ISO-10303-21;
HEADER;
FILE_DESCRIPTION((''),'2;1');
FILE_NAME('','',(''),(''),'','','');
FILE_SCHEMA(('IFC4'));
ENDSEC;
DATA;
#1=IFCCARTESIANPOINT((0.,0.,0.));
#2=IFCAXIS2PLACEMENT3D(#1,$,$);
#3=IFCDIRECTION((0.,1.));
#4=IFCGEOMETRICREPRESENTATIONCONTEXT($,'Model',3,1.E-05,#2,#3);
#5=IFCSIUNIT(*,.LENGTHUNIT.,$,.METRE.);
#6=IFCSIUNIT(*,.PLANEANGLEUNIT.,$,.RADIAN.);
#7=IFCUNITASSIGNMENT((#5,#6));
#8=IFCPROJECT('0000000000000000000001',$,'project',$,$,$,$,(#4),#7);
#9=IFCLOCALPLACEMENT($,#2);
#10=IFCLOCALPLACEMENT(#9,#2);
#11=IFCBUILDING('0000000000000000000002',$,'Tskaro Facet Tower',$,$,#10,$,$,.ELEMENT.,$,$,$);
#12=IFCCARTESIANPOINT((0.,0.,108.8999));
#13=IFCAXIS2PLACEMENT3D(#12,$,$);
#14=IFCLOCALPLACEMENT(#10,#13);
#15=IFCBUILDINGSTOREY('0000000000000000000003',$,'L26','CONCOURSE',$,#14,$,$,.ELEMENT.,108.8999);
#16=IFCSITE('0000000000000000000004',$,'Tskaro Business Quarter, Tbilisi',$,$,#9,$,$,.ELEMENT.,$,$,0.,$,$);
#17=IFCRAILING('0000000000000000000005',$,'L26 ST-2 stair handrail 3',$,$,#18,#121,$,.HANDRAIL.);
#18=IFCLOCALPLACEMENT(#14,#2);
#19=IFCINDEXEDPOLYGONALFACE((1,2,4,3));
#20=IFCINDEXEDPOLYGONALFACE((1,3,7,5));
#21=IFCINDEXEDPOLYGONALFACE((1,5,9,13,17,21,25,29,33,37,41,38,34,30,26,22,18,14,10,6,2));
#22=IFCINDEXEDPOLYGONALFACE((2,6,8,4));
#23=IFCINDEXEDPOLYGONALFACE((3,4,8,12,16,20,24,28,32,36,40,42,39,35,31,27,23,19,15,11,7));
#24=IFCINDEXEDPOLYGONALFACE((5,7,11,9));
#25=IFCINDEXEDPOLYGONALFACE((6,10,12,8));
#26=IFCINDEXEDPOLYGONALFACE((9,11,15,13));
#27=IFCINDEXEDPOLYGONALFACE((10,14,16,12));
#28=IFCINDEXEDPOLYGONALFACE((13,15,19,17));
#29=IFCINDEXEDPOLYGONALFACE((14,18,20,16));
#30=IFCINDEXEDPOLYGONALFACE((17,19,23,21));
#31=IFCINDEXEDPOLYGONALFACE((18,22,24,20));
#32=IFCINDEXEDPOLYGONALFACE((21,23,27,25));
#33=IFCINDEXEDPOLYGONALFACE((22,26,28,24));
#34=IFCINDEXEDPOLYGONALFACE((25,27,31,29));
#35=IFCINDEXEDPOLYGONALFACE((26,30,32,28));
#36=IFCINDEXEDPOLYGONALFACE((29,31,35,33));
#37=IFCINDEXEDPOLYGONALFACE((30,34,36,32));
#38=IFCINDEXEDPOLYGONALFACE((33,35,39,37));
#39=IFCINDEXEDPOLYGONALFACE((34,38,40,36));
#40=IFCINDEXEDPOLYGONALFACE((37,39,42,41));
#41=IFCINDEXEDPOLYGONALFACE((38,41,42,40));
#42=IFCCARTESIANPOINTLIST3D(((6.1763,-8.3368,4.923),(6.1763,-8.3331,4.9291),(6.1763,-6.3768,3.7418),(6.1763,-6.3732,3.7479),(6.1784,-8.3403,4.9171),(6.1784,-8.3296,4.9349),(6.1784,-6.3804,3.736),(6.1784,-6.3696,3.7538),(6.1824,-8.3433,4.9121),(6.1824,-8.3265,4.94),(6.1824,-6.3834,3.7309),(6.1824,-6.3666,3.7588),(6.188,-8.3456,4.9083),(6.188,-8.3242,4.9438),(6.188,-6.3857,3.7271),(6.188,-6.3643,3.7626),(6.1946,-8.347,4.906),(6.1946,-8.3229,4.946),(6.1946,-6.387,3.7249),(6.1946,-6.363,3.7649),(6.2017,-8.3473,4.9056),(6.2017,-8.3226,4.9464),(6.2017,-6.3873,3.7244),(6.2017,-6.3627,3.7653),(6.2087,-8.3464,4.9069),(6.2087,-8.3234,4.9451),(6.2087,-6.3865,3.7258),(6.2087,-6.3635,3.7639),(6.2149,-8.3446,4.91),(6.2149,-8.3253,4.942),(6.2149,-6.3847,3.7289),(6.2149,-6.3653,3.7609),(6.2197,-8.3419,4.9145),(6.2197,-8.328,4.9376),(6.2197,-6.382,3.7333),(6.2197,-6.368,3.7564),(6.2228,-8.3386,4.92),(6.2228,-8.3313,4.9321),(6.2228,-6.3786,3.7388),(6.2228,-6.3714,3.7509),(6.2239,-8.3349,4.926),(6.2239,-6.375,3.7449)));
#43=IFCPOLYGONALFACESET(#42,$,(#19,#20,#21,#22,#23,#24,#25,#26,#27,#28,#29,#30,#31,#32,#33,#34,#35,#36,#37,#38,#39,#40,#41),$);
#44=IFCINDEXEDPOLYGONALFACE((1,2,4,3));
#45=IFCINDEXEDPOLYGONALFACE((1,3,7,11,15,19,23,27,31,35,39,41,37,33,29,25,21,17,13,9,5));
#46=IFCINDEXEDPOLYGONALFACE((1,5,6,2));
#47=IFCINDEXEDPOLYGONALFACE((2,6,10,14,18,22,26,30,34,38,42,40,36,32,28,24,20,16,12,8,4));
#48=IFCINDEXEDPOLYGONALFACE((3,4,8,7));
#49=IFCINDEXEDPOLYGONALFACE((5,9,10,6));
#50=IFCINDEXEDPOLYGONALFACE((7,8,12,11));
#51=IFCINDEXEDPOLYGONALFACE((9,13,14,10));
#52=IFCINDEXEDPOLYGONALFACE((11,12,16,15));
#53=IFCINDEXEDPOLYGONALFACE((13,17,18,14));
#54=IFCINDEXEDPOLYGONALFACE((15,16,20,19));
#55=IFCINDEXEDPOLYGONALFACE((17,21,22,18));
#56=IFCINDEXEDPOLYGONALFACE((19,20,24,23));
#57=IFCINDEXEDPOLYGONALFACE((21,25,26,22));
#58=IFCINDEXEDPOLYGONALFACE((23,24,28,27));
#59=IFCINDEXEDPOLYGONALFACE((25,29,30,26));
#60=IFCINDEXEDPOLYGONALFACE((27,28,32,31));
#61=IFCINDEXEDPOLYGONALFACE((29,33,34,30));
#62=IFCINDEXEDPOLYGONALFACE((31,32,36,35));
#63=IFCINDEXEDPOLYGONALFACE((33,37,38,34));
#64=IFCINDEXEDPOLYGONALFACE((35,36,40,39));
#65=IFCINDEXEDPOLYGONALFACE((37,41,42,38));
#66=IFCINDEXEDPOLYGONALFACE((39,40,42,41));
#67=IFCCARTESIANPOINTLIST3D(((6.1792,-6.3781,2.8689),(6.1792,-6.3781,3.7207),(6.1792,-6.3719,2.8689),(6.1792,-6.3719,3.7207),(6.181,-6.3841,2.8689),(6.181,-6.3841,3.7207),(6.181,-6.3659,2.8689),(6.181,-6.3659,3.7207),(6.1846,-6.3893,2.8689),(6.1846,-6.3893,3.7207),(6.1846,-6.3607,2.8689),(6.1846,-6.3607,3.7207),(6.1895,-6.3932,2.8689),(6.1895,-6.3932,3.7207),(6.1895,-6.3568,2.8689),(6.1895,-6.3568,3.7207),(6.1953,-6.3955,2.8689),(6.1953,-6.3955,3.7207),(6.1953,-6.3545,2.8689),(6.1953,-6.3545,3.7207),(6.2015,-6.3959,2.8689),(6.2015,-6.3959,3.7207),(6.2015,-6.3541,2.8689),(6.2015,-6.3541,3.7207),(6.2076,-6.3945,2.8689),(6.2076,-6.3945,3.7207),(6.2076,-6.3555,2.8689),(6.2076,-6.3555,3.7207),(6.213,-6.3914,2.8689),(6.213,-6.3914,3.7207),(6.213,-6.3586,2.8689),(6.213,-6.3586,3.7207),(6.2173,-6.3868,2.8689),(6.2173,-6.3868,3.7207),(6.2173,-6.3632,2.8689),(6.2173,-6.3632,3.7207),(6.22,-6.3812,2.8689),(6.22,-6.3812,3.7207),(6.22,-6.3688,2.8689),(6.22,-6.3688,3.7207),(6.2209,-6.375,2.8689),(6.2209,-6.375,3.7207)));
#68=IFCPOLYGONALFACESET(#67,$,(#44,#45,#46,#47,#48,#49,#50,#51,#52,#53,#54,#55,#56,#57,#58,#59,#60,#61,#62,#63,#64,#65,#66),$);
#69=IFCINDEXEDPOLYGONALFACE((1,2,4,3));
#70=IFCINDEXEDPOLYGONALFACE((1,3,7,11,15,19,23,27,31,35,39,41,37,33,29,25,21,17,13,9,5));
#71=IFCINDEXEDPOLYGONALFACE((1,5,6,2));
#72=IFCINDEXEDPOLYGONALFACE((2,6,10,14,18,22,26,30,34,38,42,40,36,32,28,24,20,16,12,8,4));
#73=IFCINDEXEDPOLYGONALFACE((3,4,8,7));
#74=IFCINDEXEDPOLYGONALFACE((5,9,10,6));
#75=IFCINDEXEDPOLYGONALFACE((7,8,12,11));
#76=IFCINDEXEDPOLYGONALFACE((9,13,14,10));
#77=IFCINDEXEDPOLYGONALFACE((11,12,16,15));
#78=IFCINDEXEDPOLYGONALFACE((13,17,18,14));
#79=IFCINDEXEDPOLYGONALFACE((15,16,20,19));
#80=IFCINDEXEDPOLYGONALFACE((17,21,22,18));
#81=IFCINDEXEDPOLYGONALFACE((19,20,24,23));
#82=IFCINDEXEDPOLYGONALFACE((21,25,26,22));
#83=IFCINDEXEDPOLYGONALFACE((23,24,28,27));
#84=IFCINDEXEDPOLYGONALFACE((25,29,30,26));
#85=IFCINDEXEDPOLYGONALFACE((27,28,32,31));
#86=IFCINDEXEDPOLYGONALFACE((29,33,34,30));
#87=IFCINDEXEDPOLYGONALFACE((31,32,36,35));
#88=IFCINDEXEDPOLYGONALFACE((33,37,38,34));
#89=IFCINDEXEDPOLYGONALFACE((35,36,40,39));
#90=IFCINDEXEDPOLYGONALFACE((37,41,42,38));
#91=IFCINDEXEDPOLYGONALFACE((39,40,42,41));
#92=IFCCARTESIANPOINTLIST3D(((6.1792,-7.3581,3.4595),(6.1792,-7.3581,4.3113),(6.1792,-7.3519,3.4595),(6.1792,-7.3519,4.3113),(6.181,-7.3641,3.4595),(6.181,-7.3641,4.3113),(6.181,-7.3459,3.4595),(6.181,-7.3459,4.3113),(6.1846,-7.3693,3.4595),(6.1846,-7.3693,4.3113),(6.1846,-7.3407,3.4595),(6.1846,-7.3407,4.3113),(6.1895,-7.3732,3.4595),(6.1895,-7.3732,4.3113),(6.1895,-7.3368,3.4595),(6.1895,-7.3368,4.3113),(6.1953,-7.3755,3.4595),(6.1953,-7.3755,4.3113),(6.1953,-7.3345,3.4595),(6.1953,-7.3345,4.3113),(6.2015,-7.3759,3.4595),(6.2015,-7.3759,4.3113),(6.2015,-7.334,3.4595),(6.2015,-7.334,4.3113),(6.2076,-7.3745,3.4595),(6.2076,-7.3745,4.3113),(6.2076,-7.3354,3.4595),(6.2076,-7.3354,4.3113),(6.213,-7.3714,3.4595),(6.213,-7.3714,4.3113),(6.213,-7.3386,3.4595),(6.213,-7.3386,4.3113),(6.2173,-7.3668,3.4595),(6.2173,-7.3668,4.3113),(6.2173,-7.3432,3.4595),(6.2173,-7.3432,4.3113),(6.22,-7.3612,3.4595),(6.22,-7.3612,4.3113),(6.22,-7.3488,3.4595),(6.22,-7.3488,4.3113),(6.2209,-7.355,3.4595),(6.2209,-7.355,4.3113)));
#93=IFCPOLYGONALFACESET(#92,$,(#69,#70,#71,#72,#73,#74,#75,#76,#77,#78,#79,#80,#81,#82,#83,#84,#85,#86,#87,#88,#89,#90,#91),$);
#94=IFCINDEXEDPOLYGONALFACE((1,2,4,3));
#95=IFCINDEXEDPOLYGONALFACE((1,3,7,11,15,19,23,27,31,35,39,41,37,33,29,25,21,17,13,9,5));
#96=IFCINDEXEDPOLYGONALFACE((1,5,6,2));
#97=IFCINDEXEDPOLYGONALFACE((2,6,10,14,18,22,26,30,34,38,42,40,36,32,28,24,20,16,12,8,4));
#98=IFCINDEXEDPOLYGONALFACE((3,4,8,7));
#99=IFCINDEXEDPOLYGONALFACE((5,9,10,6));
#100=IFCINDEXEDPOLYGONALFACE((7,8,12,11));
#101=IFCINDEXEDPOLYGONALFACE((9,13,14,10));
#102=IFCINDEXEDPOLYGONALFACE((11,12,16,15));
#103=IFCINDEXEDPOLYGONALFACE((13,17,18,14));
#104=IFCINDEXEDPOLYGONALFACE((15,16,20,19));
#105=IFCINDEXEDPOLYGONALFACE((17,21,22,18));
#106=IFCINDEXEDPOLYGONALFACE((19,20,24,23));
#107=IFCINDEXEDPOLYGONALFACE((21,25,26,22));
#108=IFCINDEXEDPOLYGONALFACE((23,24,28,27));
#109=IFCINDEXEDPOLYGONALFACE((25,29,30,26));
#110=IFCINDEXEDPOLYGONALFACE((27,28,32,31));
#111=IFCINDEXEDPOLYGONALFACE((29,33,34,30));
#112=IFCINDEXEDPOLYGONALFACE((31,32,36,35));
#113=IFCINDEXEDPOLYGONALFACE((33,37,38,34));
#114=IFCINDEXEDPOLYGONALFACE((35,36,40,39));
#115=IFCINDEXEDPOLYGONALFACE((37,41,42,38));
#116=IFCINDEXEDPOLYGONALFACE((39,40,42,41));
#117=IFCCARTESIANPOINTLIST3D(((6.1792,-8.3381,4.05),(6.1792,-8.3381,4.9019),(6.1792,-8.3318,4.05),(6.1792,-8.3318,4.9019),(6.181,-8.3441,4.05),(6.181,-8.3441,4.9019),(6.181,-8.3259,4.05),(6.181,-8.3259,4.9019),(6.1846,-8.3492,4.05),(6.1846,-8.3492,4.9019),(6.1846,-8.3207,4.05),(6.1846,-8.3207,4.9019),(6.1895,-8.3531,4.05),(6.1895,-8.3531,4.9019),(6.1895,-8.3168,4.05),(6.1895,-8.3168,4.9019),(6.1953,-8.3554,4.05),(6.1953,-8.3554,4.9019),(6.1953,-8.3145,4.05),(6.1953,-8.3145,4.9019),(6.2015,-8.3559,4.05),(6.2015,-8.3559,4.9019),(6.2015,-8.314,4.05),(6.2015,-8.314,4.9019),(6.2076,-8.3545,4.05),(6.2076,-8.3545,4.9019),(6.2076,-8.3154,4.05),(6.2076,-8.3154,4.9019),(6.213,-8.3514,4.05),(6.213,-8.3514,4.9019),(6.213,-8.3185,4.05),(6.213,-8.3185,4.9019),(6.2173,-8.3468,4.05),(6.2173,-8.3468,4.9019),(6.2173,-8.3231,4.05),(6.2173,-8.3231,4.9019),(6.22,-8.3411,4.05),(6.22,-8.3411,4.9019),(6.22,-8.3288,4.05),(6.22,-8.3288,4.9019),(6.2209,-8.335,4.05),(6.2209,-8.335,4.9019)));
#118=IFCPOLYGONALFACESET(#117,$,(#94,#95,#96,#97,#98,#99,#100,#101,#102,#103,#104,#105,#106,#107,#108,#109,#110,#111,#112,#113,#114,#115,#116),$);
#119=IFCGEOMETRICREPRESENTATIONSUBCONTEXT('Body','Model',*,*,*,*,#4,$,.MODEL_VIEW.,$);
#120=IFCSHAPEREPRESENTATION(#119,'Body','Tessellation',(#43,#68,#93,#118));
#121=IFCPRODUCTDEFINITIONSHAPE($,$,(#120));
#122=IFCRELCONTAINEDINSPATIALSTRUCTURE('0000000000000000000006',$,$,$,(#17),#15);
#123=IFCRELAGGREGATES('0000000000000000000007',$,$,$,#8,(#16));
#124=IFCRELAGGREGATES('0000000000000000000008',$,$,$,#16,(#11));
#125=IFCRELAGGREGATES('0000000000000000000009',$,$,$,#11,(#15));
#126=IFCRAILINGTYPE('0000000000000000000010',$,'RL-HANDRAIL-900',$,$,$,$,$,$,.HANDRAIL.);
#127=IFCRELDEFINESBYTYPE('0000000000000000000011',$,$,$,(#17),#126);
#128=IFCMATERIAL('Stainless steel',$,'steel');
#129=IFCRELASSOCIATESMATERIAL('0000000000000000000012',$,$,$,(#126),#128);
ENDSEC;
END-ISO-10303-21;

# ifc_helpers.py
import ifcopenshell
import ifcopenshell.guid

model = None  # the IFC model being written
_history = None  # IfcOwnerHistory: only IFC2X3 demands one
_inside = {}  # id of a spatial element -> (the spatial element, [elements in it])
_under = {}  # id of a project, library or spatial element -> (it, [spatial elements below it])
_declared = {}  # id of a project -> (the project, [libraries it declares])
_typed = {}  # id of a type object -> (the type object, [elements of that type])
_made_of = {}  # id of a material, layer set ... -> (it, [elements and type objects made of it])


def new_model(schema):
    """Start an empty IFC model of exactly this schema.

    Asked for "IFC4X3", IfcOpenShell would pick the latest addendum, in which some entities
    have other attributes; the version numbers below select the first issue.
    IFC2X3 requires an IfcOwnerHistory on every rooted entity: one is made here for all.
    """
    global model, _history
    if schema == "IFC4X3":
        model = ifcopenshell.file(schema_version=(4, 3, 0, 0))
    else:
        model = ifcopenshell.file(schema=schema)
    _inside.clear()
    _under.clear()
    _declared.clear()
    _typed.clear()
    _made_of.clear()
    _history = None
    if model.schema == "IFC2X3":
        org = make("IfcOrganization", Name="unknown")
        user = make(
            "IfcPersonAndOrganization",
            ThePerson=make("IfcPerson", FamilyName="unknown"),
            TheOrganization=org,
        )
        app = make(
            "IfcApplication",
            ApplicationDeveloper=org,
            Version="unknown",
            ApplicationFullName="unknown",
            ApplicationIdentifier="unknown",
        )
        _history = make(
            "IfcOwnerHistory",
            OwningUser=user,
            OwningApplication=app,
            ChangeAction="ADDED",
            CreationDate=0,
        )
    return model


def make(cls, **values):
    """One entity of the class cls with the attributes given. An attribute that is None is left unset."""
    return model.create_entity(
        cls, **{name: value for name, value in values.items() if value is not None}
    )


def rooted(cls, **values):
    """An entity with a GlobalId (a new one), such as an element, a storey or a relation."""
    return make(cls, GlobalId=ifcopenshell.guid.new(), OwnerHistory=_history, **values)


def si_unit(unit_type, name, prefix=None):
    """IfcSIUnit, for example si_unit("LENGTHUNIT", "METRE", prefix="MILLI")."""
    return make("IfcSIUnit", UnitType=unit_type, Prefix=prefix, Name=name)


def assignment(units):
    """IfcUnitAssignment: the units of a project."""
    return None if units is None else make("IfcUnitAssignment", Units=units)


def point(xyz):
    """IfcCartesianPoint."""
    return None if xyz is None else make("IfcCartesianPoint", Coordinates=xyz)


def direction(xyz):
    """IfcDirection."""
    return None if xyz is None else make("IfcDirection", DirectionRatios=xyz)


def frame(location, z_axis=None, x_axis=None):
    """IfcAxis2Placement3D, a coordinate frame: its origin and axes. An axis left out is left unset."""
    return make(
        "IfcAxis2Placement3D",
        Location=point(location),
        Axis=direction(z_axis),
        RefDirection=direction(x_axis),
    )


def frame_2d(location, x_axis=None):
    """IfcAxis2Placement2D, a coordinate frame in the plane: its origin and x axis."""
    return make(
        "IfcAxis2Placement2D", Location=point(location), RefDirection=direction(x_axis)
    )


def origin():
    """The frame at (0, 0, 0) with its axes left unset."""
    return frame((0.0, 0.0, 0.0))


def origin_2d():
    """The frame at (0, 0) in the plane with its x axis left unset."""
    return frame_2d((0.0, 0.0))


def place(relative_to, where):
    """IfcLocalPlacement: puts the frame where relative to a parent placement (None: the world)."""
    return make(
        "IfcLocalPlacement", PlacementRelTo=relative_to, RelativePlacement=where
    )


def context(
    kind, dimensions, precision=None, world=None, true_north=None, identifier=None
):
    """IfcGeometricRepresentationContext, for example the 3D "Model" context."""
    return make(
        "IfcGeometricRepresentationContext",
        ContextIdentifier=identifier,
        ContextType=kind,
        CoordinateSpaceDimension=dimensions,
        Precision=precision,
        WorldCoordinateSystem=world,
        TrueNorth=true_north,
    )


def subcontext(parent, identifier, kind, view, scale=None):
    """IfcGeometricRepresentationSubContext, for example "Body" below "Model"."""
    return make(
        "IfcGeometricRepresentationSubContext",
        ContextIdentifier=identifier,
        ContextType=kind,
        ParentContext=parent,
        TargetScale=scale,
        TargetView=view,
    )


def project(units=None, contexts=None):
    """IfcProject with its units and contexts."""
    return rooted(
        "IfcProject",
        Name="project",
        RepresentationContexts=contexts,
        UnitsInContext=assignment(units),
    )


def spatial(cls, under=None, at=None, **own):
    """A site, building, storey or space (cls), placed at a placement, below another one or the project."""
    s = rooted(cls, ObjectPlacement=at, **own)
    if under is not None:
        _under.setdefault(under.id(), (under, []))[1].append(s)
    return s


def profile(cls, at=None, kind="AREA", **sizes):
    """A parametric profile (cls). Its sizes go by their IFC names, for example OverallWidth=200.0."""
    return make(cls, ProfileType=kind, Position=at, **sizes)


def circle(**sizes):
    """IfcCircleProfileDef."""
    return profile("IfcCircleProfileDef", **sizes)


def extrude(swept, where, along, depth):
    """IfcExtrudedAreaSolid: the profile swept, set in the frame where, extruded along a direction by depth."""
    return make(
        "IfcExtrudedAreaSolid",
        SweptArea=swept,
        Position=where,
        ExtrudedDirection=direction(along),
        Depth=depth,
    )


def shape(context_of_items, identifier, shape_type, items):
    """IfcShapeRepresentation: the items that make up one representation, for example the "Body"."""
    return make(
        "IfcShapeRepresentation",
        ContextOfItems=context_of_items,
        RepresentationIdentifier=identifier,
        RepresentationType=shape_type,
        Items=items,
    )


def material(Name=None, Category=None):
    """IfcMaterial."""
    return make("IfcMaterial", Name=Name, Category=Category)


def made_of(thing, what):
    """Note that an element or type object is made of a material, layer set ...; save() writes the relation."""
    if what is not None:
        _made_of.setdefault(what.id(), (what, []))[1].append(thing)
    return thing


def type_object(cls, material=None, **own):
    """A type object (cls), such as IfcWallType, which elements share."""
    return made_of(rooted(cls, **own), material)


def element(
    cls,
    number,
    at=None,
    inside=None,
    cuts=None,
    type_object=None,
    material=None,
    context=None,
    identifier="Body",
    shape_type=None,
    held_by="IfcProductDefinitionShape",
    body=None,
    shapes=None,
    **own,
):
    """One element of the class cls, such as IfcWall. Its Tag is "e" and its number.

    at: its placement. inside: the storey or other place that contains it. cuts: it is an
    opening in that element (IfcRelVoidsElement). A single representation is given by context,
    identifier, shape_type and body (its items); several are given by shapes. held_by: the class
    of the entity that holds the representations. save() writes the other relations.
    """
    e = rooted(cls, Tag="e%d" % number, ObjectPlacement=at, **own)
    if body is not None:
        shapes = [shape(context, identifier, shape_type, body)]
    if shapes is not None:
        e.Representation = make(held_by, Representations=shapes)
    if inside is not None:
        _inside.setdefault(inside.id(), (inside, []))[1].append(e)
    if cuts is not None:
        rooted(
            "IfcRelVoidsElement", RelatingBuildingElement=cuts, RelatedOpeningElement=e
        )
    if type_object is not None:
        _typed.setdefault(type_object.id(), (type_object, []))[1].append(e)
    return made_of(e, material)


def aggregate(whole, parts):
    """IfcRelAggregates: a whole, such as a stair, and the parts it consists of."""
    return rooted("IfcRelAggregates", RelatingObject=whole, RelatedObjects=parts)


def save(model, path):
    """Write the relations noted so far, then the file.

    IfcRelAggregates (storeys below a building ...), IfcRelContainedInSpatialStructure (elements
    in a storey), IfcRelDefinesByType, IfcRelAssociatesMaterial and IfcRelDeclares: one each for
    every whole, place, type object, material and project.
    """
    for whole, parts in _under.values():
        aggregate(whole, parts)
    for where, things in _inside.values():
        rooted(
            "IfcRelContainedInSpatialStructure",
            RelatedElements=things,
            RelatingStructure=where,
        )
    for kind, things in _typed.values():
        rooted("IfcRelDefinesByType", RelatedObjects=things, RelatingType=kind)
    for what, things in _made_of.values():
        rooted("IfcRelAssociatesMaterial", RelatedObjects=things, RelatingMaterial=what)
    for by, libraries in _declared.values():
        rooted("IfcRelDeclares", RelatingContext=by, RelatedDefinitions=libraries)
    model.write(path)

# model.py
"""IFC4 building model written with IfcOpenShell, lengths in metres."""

from ifc_helpers import new_model, si_unit, direction, frame, origin, origin_2d, place, context, subcontext, project, spatial, circle, extrude, material, type_object, element, save


model = new_model("IFC4")

# Units and contexts
model_context = context("Model", 3, precision=1e-05, world=origin(), true_north=direction((0.0, 1.0)))
body_context = subcontext(model_context, "Body", "Model", "MODEL_VIEW")
ifc_project = project(units=[si_unit("LENGTHUNIT", "METRE"), si_unit("PLANEANGLEUNIT", "RADIAN")], contexts=[model_context])

# Site, building, storey
site_placement = place(None, origin())
site = spatial("IfcSite", under=ifc_project, at=site_placement, Name="Tskaro Business Quarter, Tbilisi", CompositionType="ELEMENT", RefElevation=0.0)
building_placement = place(site_placement, origin())
building = spatial("IfcBuilding", under=site, at=building_placement, Name="Tskaro Facet Tower", CompositionType="ELEMENT")
storey_placement = place(building_placement, frame((0.0, 0.0, 108.8999)))
storey = spatial("IfcBuildingStorey", under=building, at=storey_placement, Name="L26", Description="CONCOURSE", CompositionType="ELEMENT", Elevation=108.8999)

# Shared definitions
ifc_material_1 = material(Name="Stainless steel", Category="steel")

# Railing
railing_type_1 = type_object("IfcRailingType", Name="RL-HANDRAIL-900", PredefinedType="HANDRAIL", material=ifc_material_1)
railing_1_placement = place(storey_placement, frame((6.2, -6.375, 2.8689)))
element("IfcRailing", 1, at=railing_1_placement, inside=storey, type_object=railing_type_1, Name="L26 ST-2 stair handrail 3", PredefinedType="HANDRAIL", context=body_context, shape_type="SweptSolid", body=[
    extrude(circle(Radius=0.0239, at=origin_2d()), frame((0.0, 0.0, 0.876), z_axis=(0.0, -0.856493, 0.516158), x_axis=(1.0, 0.0, 0.0)), (0.0, 0.0, 1.0), 2.2883),
    extrude(circle(Radius=0.021, at=origin_2d()), origin(), (0.0, 0.0, 1.0), 0.8518),
    extrude(circle(Radius=0.021, at=origin_2d()), frame((0.0, -0.98, 0.5906)), (0.0, 0.0, 1.0), 0.8518),
    extrude(circle(Radius=0.021, at=origin_2d()), frame((0.0, -1.96, 1.1812)), (0.0, 0.0, 1.0), 0.8518),
])

save(model, "model.ifc")
